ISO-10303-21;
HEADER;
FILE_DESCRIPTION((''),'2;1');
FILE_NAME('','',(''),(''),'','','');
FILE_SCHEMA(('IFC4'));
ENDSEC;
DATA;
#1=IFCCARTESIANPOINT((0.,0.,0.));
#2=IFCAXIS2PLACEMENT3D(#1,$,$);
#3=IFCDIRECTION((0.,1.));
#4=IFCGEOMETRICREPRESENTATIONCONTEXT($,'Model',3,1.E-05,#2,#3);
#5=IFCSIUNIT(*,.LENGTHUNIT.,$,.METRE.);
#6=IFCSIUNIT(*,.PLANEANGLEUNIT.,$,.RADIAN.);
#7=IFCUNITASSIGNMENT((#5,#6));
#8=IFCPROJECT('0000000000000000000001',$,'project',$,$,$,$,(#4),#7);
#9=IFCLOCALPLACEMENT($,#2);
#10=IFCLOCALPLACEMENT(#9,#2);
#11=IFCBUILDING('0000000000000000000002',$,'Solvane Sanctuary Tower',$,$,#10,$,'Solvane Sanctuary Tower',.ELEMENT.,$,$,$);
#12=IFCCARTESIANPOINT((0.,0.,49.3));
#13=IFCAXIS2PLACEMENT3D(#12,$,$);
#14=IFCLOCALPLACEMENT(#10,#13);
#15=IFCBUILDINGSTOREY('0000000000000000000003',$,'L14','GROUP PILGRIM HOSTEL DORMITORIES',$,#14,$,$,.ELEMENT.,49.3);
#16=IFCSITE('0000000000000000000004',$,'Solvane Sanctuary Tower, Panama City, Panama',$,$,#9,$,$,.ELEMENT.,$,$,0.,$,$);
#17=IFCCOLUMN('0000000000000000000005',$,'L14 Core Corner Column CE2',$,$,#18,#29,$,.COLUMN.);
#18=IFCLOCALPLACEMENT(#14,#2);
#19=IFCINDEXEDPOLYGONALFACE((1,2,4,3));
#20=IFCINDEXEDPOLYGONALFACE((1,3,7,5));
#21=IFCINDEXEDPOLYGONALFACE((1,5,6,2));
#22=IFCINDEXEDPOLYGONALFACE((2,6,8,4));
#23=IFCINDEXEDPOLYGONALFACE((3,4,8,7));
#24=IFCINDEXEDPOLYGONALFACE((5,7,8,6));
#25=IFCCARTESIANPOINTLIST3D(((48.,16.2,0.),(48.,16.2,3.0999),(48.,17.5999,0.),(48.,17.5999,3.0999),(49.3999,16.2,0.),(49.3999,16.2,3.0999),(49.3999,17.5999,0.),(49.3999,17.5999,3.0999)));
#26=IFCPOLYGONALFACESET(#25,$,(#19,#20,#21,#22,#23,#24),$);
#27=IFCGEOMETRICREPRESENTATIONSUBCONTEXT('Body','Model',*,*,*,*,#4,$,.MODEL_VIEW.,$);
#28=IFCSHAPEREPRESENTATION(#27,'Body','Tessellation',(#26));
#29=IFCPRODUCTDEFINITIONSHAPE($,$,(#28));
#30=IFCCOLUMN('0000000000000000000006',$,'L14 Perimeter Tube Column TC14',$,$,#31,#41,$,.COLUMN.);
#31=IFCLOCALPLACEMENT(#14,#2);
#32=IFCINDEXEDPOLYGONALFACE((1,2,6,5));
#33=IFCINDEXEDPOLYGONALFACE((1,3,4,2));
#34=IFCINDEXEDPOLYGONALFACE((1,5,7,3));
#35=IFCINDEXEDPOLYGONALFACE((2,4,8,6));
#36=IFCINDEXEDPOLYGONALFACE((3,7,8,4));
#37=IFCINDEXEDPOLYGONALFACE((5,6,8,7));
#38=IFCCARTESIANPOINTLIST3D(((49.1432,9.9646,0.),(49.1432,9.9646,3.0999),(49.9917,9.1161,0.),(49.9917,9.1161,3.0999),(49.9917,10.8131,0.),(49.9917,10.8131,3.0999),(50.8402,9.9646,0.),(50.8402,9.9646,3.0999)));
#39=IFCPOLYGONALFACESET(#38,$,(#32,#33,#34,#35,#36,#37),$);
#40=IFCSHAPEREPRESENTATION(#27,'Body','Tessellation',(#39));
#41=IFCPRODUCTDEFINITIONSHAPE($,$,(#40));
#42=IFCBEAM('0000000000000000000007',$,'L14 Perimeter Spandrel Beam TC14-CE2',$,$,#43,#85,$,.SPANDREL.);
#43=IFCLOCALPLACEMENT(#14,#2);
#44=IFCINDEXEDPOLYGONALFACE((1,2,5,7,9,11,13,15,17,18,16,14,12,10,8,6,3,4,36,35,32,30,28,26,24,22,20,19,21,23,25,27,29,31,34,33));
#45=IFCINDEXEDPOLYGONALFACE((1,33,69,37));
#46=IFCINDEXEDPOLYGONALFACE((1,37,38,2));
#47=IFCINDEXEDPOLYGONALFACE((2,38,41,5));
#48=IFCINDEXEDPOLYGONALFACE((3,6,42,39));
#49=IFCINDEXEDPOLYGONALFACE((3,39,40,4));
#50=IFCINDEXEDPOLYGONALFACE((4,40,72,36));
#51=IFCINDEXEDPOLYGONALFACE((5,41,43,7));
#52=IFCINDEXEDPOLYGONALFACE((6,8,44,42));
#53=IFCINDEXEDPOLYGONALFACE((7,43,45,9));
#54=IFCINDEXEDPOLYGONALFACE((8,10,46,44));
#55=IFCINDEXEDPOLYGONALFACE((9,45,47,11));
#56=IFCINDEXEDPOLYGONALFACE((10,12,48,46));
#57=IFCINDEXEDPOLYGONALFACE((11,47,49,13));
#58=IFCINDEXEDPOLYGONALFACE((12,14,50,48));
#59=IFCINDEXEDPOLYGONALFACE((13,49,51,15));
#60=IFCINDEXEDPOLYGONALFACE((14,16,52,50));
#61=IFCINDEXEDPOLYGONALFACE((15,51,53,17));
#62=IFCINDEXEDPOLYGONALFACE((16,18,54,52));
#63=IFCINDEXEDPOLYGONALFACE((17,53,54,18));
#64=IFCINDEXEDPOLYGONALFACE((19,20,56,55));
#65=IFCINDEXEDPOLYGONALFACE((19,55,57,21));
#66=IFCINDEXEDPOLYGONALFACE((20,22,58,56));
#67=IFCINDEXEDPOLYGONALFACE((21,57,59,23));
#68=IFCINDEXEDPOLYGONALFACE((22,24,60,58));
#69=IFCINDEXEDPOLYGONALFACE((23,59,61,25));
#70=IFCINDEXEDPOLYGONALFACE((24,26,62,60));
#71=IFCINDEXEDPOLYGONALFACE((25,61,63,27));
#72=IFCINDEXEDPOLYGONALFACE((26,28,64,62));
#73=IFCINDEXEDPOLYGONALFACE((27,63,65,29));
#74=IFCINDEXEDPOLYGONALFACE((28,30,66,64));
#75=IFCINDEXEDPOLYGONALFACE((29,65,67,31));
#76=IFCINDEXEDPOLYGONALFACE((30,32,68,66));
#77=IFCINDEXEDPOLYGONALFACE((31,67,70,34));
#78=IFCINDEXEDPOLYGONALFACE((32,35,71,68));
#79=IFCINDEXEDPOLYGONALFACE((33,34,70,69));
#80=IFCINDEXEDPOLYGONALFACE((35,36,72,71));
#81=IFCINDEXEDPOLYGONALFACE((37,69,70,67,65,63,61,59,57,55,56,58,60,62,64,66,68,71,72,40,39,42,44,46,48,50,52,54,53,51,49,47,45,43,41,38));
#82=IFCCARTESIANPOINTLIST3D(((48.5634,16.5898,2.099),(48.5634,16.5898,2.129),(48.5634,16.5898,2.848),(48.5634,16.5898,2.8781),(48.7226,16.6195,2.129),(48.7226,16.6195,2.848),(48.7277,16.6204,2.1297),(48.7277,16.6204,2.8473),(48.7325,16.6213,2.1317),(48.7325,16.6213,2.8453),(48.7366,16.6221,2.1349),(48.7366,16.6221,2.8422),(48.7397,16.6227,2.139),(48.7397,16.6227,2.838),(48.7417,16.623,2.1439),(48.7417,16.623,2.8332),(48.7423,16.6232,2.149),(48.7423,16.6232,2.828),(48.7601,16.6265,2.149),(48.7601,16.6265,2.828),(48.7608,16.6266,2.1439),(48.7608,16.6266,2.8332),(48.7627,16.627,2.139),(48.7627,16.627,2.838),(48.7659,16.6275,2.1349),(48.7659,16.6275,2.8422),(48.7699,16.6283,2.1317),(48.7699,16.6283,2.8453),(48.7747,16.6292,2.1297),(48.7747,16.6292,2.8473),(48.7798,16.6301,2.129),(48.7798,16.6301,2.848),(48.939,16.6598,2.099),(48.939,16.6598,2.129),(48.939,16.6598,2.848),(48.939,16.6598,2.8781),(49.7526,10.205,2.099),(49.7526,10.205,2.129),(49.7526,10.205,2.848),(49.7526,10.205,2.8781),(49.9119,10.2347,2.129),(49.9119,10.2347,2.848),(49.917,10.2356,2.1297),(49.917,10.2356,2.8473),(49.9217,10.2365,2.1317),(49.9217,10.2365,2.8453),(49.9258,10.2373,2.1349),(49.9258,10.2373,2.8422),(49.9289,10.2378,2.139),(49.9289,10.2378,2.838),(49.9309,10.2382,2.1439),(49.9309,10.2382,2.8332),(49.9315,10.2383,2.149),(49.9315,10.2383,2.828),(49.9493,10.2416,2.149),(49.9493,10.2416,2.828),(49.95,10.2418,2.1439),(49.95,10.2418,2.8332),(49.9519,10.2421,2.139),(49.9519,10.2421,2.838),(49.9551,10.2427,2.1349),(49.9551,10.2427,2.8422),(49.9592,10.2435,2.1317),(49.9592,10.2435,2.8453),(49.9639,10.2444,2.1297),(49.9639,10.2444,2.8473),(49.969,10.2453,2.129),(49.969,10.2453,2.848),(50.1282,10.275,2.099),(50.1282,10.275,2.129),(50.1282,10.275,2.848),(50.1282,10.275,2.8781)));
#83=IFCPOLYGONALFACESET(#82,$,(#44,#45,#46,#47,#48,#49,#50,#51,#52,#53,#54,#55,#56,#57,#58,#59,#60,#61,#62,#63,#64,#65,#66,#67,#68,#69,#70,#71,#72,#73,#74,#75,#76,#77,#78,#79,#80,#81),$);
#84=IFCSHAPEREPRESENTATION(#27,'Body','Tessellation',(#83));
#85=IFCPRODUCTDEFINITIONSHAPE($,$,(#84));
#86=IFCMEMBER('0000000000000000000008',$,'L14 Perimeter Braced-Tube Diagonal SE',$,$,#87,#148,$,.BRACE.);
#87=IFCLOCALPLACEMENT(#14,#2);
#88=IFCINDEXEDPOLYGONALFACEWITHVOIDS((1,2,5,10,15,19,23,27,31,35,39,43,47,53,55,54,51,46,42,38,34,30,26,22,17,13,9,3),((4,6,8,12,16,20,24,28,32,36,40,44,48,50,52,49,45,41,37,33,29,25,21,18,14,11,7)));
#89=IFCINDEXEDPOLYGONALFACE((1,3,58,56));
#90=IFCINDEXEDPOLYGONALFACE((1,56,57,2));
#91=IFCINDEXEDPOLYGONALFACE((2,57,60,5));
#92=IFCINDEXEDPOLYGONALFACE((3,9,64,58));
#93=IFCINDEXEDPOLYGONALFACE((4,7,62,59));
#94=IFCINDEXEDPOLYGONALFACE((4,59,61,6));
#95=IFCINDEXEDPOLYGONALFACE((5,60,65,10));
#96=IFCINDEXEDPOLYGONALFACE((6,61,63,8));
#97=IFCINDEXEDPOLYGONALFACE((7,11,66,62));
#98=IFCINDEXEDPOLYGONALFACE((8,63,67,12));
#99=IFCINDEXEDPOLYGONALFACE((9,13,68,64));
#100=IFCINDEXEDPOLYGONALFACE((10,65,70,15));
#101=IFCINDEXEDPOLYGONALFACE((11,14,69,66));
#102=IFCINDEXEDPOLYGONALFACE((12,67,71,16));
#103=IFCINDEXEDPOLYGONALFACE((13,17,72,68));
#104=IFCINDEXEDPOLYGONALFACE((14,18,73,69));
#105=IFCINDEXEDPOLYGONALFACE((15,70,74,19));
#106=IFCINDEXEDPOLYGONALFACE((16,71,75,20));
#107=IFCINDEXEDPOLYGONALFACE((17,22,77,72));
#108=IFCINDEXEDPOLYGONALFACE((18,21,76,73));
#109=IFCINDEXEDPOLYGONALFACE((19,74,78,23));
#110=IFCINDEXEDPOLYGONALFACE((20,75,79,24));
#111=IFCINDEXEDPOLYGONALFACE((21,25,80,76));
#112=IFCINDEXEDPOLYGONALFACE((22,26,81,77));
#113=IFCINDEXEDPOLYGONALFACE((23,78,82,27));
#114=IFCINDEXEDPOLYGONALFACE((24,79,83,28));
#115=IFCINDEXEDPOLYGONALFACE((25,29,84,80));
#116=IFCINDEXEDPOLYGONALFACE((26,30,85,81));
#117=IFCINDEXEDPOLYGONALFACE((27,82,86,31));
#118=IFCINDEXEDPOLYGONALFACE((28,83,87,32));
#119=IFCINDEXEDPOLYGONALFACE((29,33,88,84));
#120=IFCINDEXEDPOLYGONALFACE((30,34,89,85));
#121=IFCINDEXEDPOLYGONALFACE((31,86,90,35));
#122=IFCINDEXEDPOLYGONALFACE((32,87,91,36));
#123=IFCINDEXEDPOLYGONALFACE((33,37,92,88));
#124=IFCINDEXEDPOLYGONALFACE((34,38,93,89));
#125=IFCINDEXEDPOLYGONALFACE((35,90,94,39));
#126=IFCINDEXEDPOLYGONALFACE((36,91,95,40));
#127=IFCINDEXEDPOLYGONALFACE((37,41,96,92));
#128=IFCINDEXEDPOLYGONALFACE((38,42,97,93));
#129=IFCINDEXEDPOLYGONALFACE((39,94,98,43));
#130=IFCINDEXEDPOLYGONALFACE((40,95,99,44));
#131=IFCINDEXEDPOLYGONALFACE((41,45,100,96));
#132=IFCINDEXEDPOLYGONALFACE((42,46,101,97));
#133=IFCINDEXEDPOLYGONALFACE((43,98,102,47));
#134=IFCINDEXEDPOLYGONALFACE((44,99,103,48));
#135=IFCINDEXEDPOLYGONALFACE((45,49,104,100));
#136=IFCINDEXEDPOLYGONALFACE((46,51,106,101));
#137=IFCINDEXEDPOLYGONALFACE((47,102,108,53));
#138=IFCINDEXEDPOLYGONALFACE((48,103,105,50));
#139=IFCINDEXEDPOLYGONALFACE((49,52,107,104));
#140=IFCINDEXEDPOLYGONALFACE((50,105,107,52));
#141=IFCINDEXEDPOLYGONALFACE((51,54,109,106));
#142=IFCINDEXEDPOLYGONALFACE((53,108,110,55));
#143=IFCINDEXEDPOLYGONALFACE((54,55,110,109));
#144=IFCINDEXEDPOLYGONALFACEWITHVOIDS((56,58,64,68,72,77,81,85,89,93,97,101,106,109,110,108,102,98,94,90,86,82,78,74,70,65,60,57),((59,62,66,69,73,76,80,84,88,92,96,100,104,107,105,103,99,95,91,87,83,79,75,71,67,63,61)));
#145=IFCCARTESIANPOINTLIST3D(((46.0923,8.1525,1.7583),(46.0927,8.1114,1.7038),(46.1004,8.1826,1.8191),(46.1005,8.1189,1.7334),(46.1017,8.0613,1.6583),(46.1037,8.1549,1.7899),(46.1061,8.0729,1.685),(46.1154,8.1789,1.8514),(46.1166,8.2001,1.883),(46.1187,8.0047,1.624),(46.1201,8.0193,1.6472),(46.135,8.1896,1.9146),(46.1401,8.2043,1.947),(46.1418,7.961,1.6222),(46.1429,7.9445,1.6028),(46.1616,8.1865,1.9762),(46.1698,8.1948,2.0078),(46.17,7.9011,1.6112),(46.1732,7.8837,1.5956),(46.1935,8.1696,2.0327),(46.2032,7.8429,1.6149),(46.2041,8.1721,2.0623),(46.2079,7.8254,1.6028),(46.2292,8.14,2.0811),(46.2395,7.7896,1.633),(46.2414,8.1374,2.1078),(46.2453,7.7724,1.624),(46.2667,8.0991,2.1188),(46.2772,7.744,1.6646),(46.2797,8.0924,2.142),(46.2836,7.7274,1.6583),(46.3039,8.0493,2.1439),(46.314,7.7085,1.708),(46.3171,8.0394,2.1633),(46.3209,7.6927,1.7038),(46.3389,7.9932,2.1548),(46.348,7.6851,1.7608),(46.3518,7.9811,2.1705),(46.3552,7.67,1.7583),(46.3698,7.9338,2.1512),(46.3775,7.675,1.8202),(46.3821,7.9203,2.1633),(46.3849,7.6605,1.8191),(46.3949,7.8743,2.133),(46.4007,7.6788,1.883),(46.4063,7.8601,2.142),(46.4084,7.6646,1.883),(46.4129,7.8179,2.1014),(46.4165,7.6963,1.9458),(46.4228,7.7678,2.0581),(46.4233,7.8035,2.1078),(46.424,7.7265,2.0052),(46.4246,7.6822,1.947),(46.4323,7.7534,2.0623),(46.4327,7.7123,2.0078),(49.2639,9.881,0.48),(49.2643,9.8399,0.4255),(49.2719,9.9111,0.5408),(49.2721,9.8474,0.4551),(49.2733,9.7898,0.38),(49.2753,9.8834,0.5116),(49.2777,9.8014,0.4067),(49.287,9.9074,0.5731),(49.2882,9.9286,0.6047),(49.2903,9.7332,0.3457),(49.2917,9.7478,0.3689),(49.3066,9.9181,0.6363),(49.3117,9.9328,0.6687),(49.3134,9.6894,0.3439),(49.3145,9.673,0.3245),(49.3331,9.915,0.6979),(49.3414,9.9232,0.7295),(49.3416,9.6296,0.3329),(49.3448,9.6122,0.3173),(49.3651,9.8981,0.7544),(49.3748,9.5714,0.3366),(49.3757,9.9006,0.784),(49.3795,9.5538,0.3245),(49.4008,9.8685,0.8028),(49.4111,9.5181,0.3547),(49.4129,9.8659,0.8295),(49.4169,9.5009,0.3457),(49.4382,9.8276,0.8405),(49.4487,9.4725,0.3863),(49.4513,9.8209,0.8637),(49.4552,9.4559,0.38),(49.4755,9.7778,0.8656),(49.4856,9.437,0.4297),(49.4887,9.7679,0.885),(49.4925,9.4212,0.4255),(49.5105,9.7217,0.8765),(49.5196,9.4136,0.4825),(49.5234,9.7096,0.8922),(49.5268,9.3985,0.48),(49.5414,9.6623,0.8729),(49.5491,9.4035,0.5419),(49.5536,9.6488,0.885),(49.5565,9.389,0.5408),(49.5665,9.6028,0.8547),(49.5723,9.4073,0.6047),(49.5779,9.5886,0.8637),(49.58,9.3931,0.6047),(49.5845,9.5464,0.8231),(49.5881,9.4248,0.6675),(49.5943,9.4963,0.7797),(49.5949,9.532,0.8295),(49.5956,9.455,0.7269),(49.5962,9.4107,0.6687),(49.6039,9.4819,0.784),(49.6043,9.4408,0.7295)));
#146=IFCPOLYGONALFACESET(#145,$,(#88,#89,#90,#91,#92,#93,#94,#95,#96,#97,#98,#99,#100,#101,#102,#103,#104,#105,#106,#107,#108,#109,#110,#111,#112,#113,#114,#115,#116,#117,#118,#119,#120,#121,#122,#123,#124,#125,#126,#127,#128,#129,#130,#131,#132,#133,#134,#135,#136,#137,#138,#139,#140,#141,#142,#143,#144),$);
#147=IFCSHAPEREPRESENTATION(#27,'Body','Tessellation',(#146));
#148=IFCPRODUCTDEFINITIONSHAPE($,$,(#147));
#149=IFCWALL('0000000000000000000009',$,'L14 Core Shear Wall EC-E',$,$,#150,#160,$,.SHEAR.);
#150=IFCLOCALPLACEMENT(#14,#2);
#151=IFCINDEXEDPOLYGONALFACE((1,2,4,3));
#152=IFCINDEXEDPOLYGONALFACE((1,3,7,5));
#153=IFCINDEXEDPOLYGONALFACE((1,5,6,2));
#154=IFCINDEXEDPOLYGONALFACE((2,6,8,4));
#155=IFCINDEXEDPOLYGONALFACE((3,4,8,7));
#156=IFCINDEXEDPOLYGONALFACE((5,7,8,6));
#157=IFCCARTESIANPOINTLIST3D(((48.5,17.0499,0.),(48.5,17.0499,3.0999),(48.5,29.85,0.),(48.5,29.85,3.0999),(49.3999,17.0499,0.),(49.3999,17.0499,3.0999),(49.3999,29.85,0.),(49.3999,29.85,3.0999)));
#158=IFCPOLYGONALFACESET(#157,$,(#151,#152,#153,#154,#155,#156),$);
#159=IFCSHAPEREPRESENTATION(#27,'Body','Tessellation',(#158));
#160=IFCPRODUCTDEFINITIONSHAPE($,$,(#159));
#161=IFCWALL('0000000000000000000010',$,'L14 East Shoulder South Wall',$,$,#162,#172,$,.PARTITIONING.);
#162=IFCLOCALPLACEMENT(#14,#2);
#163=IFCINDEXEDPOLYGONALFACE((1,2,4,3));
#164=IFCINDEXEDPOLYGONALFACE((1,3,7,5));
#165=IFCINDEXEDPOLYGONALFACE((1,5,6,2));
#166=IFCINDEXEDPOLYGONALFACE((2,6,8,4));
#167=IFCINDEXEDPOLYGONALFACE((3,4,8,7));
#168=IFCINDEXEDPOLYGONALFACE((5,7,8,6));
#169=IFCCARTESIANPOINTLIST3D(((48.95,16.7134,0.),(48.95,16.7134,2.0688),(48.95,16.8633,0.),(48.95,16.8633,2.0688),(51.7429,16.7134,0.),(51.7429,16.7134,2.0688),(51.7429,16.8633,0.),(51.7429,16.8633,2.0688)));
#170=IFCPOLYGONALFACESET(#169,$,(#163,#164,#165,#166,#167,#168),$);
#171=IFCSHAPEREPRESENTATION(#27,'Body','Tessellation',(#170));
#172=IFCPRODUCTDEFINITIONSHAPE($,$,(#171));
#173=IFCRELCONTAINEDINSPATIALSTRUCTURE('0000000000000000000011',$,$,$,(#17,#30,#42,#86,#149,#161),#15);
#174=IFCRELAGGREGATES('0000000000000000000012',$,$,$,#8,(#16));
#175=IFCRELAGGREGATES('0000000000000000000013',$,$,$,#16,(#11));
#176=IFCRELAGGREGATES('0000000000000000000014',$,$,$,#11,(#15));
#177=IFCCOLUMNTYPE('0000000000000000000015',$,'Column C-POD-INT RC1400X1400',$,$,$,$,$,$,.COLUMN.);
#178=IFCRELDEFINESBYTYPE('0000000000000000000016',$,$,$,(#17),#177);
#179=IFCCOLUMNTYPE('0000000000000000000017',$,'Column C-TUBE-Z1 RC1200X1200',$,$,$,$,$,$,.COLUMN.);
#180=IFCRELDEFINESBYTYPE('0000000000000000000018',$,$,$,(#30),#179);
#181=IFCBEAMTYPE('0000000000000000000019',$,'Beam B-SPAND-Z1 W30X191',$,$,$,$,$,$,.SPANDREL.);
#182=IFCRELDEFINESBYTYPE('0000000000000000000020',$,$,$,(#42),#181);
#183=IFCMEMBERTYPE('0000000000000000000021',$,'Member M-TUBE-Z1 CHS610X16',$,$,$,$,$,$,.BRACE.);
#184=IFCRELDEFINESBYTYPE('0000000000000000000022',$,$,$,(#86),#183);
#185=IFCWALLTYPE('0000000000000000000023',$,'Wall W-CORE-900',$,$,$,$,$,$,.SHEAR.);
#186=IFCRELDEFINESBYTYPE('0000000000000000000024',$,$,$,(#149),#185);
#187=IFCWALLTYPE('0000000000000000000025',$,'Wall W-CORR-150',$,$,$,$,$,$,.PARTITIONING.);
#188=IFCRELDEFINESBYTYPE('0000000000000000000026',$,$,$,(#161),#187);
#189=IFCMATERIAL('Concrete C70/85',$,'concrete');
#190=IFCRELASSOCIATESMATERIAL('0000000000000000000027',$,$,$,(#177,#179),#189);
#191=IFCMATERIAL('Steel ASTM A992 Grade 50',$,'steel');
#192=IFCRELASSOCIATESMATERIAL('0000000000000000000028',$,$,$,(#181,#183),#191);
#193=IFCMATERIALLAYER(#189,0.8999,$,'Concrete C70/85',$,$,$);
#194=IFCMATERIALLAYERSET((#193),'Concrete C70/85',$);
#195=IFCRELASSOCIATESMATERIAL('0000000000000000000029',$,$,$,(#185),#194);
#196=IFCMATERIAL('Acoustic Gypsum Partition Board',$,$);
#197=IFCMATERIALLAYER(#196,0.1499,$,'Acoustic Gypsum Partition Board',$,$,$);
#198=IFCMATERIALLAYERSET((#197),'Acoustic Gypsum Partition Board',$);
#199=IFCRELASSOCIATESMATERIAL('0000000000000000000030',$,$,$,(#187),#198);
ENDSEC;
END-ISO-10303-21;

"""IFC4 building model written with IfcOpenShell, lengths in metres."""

from ifc_helpers import new_model, si_unit, direction, frame, frame_2d, origin, origin_2d, place, context, subcontext, project, spatial, rectangle, hollow_circle, i_section, extrude, material, layer, layer_set, material_profile, profile_set, type_object, element, save


model = new_model("IFC4")

# Units and contexts
model_context = context("Model", 3, precision=1e-05, world=origin(), true_north=direction((0.0, 1.0)))
body_context = subcontext(model_context, "Body", "Model", "MODEL_VIEW")
ifc_project = project(units=[si_unit("LENGTHUNIT", "METRE"), si_unit("PLANEANGLEUNIT", "RADIAN")], contexts=[model_context])

# Site, building, storey
site_placement = place(None, origin())
site = spatial("IfcSite", under=ifc_project, at=site_placement, Name="Solvane Sanctuary Tower, Panama City, Panama", CompositionType="ELEMENT", RefElevation=0.0)
building_placement = place(site_placement, origin())
building = spatial("IfcBuilding", under=site, at=building_placement, Name="Solvane Sanctuary Tower", LongName="Solvane Sanctuary Tower", CompositionType="ELEMENT")
storey_placement = place(building_placement, frame((0.0, 0.0, 49.3)))
storey = spatial("IfcBuildingStorey", under=building, at=storey_placement, Name="L14", Description="GROUP PILGRIM HOSTEL DORMITORIES", CompositionType="ELEMENT", Elevation=49.3)

# Columns
ifc_material_1 = material(Name="Concrete C70/85", Category="concrete")
ifc_material_profile_1 = material_profile(ifc_material_1, rectangle(XDim=1.3999, YDim=1.3999, at=origin_2d()), Name="RC1400X1400")
ifc_profile_set_1 = profile_set([ifc_material_profile_1], Name="Concrete C70/85")
column_type_1 = type_object("IfcColumnType", Name="Column C-POD-INT RC1400X1400", PredefinedType="COLUMN", material=ifc_profile_set_1)
column_1_placement = place(storey_placement, frame((48.7, 16.8999, 0.0), z_axis=(0.0, 0.0, 1.0), x_axis=(1.0, 0.0, 0.0)))
element("IfcColumn", 1, at=column_1_placement, inside=storey, type_object=column_type_1, Name="L14 Core Corner Column CE2", PredefinedType="COLUMN", context=body_context, shape_type="SweptSolid", body=[
    extrude(rectangle(XDim=1.3999, YDim=1.3999, at=origin_2d()), origin(), (0.0, 0.0, 1.0), 3.0999),
])
ifc_material_profile_2 = material_profile(ifc_material_1, rectangle(XDim=1.2, YDim=1.2, at=origin_2d()), Name="RC1200X1200")
ifc_profile_set_2 = profile_set([ifc_material_profile_2], Name="Concrete C70/85")
column_type_2 = type_object("IfcColumnType", Name="Column C-TUBE-Z1 RC1200X1200", PredefinedType="COLUMN", material=ifc_profile_set_2)
column_2_placement = place(storey_placement, frame((49.9917, 9.9646, 0.0), z_axis=(0.0, 0.0, 1.0), x_axis=(0.707107, -0.707107, 0.0)))
element("IfcColumn", 2, at=column_2_placement, inside=storey, type_object=column_type_2, Name="L14 Perimeter Tube Column TC14", PredefinedType="COLUMN", context=body_context, shape_type="SweptSolid", body=[
    extrude(rectangle(XDim=1.2, YDim=1.2, at=origin_2d()), origin(), (0.0, 0.0, 1.0), 3.0999),
])

# Beam
ifc_material_2 = material(Name="Steel ASTM A992 Grade 50", Category="steel")
ifc_material_profile_3 = material_profile(ifc_material_2, i_section(OverallWidth=0.3821, OverallDepth=0.7791, WebThickness=0.0181, FlangeThickness=0.03, FilletRadius=0.02, at=origin_2d()), Name="W30X191")
ifc_profile_set_3 = profile_set([ifc_material_profile_3], Name="Steel ASTM A992 Grade 50")
beam_type = type_object("IfcBeamType", Name="Beam B-SPAND-Z1 W30X191", PredefinedType="SPANDREL", material=ifc_profile_set_3)
beam_placement = place(storey_placement, frame((49.9404, 10.24, 2.4885), z_axis=(-0.183108, 0.983093, 0.0), x_axis=(-0.983093, -0.183108, 0.0)))
element("IfcBeam", 3, at=beam_placement, inside=storey, type_object=beam_type, Name="L14 Perimeter Spandrel Beam TC14-CE2", PredefinedType="SPANDREL", context=body_context, shape_type="SweptSolid", body=[
    extrude(i_section(OverallWidth=0.3821, OverallDepth=0.7791, WebThickness=0.0181, FlangeThickness=0.03, FilletRadius=0.02, at=origin_2d()), origin(), (0.0, 0.0, 1.0), 6.4946),
])

# Member
ifc_material_profile_4 = material_profile(ifc_material_2, hollow_circle(Radius=0.3049, WallThickness=0.0161, at=origin_2d()), Name="CHS610X16")
ifc_profile_set_4 = profile_set([ifc_material_profile_4], Name="Steel ASTM A992 Grade 50")
member_type = type_object("IfcMemberType", Name="Member M-TUBE-Z1 CHS610X16", PredefinedType="BRACE", material=ifc_profile_set_4)
member_placement = place(storey_placement, frame((49.4341, 9.6609, 0.6047), z_axis=(-0.827758, -0.451122, 0.333626), x_axis=(0.47854, -0.878066, 0.0)))
element("IfcMember", 4, at=member_placement, inside=storey, type_object=member_type, Name="L14 Perimeter Braced-Tube Diagonal SE", PredefinedType="BRACE", context=body_context, shape_type="SweptSolid", body=[
    extrude(hollow_circle(Radius=0.3049, WallThickness=0.0161, at=origin_2d()), origin(), (0.0, 0.0, 1.0), 3.8315),
])

# Walls
ifc_layer_1 = layer(ifc_material_1, 0.8999, Name="Concrete C70/85")
ifc_layer_set_1 = layer_set([ifc_layer_1], Name="Concrete C70/85")
wall_type_1 = type_object("IfcWallType", Name="Wall W-CORE-900", PredefinedType="SHEAR", material=ifc_layer_set_1)
wall_1_placement = place(storey_placement, frame((48.95, 17.05, 0.0), z_axis=(0.0, 0.0, 1.0), x_axis=(0.0, 1.0, 0.0)))
element("IfcWall", 5, at=wall_1_placement, inside=storey, type_object=wall_type_1, Name="L14 Core Shear Wall EC-E", PredefinedType="SHEAR", context=body_context, shape_type="SweptSolid", body=[
    extrude(rectangle(XDim=12.8, YDim=0.8999, at=frame_2d((6.3999, 0.0))), origin(), (0.0, 0.0, 1.0), 3.0999),
])
ifc_material_3 = material(Name="Acoustic Gypsum Partition Board")
ifc_layer_2 = layer(ifc_material_3, 0.1499, Name="Acoustic Gypsum Partition Board")
ifc_layer_set_2 = layer_set([ifc_layer_2], Name="Acoustic Gypsum Partition Board")
wall_type_2 = type_object("IfcWallType", Name="Wall W-CORR-150", PredefinedType="PARTITIONING", material=ifc_layer_set_2)
wall_2_placement = place(storey_placement, frame((48.95, 16.7883, 0.0), z_axis=(0.0, 0.0, 1.0), x_axis=(1.0, 0.0, 0.0)))
element("IfcWall", 6, at=wall_2_placement, inside=storey, type_object=wall_type_2, Name="L14 East Shoulder South Wall", PredefinedType="PARTITIONING", context=body_context, shape_type="SweptSolid", body=[
    extrude(rectangle(XDim=2.793, YDim=0.1499, at=frame_2d((1.3965, 0.0))), origin(), (0.0, 0.0, 1.0), 2.0688),
])

save(model, "model.ifc")
